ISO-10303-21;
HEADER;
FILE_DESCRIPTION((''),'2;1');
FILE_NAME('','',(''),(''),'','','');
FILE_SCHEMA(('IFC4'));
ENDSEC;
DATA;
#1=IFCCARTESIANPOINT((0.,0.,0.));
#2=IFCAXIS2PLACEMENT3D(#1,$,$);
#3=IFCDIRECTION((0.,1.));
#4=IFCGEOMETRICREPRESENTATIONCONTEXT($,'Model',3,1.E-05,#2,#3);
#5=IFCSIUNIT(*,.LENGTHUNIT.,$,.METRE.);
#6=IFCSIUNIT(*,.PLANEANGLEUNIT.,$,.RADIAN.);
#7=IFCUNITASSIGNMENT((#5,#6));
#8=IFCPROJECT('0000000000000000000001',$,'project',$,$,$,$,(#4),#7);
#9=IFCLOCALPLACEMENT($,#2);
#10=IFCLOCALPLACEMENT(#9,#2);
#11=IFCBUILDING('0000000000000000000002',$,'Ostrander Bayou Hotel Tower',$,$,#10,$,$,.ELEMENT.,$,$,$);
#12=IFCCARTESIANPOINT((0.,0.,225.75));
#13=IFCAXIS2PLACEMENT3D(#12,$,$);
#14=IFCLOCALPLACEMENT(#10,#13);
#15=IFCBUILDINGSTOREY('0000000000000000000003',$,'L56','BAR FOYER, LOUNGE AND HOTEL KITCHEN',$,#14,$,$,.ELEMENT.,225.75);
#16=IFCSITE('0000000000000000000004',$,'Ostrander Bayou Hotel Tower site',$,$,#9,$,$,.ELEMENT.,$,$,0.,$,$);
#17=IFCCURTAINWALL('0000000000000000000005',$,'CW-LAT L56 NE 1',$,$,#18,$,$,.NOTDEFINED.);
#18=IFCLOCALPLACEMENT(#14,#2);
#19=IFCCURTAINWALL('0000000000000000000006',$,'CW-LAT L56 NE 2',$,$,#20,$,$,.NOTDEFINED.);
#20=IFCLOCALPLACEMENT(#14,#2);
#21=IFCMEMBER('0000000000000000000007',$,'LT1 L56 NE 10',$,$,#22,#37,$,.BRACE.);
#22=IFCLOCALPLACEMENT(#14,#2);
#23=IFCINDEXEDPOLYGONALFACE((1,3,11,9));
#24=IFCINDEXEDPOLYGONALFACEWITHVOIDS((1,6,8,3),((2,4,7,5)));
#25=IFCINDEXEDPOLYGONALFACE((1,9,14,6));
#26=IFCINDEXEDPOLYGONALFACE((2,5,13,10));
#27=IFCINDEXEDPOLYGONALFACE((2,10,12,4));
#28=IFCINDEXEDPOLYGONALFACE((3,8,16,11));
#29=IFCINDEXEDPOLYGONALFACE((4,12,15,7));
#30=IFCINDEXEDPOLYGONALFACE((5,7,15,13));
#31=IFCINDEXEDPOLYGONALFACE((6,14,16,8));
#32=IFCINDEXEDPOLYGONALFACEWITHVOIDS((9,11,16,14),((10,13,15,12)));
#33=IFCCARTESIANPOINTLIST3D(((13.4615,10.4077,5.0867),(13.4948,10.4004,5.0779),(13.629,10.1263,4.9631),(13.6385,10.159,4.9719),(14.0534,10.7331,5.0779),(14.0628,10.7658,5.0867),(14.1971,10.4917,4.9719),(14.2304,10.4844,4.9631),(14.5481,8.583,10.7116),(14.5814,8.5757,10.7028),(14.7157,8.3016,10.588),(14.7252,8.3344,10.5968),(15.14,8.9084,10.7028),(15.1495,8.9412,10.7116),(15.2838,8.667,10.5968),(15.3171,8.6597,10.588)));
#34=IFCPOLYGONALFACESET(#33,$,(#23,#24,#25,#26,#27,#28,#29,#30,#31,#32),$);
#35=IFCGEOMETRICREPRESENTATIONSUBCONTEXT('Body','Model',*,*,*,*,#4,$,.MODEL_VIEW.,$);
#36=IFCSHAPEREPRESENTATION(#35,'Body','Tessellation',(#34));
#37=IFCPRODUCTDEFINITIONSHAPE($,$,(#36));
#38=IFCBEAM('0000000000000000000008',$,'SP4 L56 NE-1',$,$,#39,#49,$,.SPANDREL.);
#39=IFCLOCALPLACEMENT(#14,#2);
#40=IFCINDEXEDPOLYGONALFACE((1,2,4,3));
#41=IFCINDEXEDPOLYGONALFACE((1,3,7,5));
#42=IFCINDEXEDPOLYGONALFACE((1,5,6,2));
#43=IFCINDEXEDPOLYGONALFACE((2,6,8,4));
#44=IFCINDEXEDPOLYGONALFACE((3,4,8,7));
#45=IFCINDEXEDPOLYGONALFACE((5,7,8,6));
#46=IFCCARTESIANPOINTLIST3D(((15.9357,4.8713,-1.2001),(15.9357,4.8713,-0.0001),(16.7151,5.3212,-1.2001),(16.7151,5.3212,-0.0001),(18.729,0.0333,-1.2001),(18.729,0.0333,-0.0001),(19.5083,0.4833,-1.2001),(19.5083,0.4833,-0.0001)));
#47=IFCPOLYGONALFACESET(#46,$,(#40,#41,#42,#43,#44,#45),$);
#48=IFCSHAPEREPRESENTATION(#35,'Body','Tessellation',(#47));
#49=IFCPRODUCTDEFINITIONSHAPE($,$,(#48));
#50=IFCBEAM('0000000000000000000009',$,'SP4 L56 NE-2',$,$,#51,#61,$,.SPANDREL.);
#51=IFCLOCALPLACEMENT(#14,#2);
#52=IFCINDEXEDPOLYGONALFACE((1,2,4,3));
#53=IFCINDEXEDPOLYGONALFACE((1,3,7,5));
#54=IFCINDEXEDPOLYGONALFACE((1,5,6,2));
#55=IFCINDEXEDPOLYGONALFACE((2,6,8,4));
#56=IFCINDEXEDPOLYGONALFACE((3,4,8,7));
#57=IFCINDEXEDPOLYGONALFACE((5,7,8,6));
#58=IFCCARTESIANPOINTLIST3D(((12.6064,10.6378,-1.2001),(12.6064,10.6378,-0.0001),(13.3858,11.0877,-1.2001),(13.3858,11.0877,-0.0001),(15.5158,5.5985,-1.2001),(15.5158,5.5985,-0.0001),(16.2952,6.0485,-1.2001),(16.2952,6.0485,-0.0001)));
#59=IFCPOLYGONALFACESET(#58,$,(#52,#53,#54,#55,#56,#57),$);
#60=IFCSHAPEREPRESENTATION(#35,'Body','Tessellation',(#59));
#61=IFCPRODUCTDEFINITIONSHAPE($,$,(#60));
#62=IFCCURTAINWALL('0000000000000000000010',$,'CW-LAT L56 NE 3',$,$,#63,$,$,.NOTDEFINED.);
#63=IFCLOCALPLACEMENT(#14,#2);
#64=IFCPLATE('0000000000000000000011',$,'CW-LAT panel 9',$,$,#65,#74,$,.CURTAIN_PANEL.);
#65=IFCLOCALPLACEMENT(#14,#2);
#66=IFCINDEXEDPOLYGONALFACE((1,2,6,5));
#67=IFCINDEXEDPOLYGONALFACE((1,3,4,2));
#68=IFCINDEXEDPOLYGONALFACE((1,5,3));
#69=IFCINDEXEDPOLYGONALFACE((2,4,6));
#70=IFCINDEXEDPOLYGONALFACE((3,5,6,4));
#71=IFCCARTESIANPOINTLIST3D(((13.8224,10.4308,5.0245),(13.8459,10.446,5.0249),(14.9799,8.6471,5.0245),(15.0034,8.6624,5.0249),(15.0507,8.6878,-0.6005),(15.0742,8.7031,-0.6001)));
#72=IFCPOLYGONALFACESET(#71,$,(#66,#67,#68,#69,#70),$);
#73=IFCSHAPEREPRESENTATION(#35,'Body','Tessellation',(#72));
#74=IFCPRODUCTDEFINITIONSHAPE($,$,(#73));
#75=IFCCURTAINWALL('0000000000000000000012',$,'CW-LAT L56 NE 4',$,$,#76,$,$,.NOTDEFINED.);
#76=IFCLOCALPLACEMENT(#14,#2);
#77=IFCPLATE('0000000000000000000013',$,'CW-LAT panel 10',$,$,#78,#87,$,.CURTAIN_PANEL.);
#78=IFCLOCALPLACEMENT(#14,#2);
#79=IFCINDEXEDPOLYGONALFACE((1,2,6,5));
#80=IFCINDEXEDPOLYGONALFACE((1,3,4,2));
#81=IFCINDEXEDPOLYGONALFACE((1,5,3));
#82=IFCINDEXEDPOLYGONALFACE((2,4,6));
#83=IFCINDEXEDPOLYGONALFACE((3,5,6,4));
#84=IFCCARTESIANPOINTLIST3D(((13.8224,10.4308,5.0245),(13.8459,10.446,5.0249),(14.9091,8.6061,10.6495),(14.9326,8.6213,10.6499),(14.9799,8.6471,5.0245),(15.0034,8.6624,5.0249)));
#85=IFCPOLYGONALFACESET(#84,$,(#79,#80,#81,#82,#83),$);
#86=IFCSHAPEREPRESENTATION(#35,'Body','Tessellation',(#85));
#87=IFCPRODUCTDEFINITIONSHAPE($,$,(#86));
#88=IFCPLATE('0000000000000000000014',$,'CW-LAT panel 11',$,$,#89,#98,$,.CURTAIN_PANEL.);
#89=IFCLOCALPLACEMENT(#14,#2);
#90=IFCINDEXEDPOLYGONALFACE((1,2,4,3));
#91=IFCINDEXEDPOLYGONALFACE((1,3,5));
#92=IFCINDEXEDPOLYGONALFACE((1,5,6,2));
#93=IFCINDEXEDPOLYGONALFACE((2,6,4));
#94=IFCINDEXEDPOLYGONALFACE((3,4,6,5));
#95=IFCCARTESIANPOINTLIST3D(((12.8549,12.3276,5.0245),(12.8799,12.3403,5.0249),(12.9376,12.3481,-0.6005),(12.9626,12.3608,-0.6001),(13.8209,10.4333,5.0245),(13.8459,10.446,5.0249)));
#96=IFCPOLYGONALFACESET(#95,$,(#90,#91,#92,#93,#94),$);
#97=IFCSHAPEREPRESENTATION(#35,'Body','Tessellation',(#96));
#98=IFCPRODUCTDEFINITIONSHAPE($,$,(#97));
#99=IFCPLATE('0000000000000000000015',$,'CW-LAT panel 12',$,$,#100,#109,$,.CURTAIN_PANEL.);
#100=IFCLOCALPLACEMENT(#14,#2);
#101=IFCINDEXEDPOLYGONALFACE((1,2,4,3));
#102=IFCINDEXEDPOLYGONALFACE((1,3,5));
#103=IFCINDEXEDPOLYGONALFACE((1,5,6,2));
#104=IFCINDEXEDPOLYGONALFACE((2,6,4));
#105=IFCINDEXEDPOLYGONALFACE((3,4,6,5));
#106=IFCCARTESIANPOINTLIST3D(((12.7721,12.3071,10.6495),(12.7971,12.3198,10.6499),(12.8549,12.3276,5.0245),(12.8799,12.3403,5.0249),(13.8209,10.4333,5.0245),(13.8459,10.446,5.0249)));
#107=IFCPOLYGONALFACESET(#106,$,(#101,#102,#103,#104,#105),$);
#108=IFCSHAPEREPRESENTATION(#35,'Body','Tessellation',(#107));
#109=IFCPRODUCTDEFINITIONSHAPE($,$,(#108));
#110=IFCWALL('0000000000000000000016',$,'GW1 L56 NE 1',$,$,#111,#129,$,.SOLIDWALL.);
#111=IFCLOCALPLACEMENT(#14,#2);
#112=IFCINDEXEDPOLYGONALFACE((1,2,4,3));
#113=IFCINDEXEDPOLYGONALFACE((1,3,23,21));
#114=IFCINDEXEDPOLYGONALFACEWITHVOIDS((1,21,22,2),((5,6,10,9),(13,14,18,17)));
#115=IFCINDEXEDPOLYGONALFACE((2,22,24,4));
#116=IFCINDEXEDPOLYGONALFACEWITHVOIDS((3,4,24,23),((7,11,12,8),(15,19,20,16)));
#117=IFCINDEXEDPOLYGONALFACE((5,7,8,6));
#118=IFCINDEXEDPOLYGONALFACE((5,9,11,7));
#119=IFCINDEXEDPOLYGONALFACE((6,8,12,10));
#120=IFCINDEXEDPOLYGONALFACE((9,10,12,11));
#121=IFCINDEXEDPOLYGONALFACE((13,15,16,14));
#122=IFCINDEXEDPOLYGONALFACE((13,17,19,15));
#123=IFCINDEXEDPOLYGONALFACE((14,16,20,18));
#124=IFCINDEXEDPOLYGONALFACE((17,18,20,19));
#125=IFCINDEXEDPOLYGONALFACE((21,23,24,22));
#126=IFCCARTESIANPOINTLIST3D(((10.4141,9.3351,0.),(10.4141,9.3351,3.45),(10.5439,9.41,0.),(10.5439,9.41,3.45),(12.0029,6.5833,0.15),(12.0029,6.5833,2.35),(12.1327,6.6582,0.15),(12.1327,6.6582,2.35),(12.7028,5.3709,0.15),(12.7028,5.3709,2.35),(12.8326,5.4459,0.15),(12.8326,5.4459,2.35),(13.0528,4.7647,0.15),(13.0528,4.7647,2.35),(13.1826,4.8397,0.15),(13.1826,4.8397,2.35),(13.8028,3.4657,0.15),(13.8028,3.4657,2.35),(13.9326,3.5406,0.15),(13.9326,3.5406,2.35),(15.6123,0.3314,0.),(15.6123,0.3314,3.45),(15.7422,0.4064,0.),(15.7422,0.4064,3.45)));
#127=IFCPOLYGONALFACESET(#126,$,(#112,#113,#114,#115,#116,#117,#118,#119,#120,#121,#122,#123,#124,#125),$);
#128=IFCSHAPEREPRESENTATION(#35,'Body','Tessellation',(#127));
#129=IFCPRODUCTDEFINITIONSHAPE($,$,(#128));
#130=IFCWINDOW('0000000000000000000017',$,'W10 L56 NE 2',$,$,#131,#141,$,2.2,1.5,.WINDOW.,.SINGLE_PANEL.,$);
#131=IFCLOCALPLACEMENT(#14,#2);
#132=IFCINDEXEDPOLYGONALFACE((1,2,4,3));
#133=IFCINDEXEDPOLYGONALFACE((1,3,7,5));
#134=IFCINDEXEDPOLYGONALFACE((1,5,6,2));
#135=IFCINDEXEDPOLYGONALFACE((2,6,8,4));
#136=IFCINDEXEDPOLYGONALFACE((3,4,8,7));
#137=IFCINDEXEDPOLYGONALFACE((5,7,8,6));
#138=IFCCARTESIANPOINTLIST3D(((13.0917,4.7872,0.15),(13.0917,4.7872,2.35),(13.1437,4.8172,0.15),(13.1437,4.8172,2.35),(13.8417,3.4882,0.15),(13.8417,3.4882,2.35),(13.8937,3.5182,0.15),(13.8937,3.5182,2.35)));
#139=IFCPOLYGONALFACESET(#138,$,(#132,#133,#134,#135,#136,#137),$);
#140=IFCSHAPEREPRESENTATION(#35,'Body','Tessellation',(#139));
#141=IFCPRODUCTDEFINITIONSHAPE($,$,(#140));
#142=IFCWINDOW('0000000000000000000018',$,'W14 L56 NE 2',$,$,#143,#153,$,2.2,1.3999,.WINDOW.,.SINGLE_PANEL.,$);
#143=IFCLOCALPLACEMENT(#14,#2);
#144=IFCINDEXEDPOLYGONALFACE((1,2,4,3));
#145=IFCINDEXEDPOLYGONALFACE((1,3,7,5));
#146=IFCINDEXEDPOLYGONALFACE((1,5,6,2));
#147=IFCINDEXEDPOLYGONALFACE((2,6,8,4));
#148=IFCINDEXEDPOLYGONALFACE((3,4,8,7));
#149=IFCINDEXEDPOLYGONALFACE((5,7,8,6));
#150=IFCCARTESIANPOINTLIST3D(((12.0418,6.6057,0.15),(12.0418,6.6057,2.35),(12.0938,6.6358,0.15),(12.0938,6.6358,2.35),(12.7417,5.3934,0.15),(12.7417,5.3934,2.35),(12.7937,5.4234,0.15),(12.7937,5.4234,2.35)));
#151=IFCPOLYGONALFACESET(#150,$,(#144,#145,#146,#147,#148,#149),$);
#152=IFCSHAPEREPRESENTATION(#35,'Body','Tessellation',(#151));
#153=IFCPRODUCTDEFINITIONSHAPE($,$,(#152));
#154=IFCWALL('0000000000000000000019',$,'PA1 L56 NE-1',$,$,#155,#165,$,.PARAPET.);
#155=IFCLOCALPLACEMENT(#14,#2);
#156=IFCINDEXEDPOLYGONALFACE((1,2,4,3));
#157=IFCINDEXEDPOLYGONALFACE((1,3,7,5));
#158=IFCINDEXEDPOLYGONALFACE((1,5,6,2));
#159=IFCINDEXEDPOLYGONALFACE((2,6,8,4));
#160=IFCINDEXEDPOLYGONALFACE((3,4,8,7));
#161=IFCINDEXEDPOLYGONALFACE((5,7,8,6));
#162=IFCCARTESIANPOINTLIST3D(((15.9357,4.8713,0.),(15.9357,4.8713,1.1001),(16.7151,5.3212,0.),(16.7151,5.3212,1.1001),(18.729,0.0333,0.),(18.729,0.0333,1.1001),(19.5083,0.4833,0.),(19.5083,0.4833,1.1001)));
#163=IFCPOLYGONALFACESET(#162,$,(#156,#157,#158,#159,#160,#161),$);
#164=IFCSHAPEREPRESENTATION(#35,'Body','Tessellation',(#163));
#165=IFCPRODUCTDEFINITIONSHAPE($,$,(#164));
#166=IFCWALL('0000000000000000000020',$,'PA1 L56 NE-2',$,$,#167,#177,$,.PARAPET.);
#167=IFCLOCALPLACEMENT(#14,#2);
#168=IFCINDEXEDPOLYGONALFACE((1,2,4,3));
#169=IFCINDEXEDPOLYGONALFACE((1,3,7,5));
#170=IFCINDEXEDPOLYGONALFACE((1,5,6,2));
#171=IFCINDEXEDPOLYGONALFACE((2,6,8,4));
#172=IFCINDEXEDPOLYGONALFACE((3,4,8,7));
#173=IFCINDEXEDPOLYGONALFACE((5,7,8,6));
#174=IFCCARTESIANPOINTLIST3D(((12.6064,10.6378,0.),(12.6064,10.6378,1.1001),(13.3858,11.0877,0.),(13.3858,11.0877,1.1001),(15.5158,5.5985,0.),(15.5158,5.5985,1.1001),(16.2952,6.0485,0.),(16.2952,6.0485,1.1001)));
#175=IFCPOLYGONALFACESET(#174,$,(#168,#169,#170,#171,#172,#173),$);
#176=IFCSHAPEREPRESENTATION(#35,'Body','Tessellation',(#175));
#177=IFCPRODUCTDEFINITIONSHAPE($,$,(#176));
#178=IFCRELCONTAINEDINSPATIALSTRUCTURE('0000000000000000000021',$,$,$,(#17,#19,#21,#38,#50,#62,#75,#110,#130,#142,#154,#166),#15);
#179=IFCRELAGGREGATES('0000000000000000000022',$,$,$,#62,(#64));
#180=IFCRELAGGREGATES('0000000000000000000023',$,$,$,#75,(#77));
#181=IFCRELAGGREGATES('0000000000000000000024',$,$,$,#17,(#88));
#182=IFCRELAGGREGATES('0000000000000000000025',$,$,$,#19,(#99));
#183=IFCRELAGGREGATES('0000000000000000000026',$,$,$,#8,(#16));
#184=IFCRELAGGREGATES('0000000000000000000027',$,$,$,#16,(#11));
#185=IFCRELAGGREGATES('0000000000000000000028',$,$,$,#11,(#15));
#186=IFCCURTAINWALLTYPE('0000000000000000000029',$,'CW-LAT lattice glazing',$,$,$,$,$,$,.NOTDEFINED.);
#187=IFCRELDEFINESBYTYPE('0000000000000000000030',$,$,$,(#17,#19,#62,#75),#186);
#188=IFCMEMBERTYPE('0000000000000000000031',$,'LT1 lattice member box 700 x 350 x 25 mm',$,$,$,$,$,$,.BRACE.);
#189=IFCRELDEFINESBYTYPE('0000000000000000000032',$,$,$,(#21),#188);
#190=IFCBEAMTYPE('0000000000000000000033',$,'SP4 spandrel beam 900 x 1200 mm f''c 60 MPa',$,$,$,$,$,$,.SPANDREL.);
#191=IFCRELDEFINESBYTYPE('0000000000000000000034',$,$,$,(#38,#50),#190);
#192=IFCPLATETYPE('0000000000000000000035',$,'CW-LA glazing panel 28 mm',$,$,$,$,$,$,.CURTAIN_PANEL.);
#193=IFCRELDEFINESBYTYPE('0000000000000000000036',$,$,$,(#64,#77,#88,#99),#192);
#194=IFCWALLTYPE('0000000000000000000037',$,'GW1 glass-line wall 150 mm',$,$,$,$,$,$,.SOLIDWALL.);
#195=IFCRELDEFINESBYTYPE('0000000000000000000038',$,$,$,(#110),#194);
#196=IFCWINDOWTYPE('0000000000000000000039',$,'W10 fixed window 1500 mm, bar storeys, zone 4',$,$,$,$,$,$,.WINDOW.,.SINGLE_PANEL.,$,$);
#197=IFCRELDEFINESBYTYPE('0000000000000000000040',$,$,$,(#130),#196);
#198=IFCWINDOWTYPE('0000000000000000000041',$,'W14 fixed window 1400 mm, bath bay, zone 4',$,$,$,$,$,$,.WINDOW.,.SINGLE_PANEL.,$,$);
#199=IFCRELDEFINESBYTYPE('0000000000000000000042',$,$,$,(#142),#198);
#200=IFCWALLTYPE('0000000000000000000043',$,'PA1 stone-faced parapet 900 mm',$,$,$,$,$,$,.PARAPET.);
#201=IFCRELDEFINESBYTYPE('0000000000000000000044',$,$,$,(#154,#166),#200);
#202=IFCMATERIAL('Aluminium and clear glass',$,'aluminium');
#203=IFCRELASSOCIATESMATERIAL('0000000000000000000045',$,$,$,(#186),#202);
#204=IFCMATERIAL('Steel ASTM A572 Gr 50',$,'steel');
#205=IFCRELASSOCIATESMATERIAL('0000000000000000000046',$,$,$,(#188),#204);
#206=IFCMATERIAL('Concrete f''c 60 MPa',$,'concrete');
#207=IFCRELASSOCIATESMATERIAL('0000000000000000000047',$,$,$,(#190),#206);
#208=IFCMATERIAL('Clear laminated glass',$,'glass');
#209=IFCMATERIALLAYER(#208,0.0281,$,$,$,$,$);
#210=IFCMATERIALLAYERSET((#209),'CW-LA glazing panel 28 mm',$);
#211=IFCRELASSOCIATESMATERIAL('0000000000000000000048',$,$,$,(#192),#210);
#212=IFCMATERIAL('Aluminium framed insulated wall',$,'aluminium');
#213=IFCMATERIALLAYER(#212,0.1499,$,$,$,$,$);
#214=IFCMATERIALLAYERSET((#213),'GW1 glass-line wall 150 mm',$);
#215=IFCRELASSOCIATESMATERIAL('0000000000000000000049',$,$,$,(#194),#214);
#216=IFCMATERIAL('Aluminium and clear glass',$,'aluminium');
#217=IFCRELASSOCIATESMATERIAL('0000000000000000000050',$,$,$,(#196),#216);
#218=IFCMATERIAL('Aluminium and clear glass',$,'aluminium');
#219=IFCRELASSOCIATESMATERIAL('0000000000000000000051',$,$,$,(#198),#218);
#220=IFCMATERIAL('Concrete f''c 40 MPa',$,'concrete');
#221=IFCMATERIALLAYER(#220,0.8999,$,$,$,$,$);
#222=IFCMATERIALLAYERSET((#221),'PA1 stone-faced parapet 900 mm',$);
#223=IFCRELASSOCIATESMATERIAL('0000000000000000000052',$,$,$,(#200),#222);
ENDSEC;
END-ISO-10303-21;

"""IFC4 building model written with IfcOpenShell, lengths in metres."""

from ifc_helpers import new_model, si_unit, direction, frame, frame_2d, origin, origin_2d, place, context, subcontext, project, spatial, polyline, rectangle, hollow_rectangle, outline, extrude, material, layer, layer_set, material_profile, profile_set, type_object, element, fill, aggregate, save


model = new_model("IFC4")

# Units and contexts
model_context = context("Model", 3, precision=1e-05, world=origin(), true_north=direction((0.0, 1.0)))
body_context = subcontext(model_context, "Body", "Model", "MODEL_VIEW")
ifc_project = project(units=[si_unit("LENGTHUNIT", "METRE"), si_unit("PLANEANGLEUNIT", "RADIAN")], contexts=[model_context])

# Site, building, storey
site_placement = place(None, origin())
site = spatial("IfcSite", under=ifc_project, at=site_placement, Name="Ostrander Bayou Hotel Tower site", CompositionType="ELEMENT", RefElevation=0.0)
building_placement = place(site_placement, origin())
building = spatial("IfcBuilding", under=site, at=building_placement, Name="Ostrander Bayou Hotel Tower", CompositionType="ELEMENT")
storey_placement = place(building_placement, frame((0.0, 0.0, 225.75)))
storey = spatial("IfcBuildingStorey", under=building, at=storey_placement, Name="L56", Description="BAR FOYER, LOUNGE AND HOTEL KITCHEN", CompositionType="ELEMENT", Elevation=225.75)

# Curtain walls
ifc_material_1 = material(Name="Aluminium and clear glass", Category="aluminium")
curtain_wall_type = type_object("IfcCurtainWallType", Name="CW-LAT lattice glazing", PredefinedType="NOTDEFINED", material=ifc_material_1)
curtain_wall_1_placement = place(storey_placement, origin())
curtain_wall_1 = element("IfcCurtainWall", 1, at=curtain_wall_1_placement, inside=storey, type_object=curtain_wall_type, Name="CW-LAT L56 NE 1", PredefinedType="NOTDEFINED")
curtain_wall_2_placement = place(storey_placement, origin())
curtain_wall_2 = element("IfcCurtainWall", 2, at=curtain_wall_2_placement, inside=storey, type_object=curtain_wall_type, Name="CW-LAT L56 NE 2", PredefinedType="NOTDEFINED")

# Member
ifc_material_2 = material(Name="Steel ASTM A572 Gr 50", Category="steel")
ifc_material_profile_1 = material_profile(ifc_material_2, hollow_rectangle(XDim=0.7, YDim=0.3501, WallThickness=0.0249, at=origin_2d()))
ifc_profile_set_1 = profile_set([ifc_material_profile_1], Name="Steel ASTM A572 Gr 50")
member_type_1 = type_object("IfcMemberType", Name="LT1 lattice member box 700 x 350 x 25 mm", PredefinedType="BRACE", material=ifc_profile_set_1)
member_1_placement = place(storey_placement, frame((13.8459, 10.446, 5.0249), z_axis=(0.180733, -0.303482, 0.93554), x_axis=(0.859182, 0.51167, 0.0)))
element("IfcMember", 3, at=member_1_placement, inside=storey, type_object=member_type_1, Name="LT1 L56 NE 10", PredefinedType="BRACE", context=body_context, shape_type="SweptSolid", body=[
    extrude(hollow_rectangle(XDim=0.7, YDim=0.3501, WallThickness=0.0249, at=origin_2d()), origin(), (0.0, 0.0, 1.0), 6.0125),
])

# Beams
ifc_material_3 = material(Name="Concrete f'c 60 MPa", Category="concrete")
ifc_material_profile_2 = material_profile(ifc_material_3, rectangle(XDim=0.8999, YDim=1.2, at=origin_2d()))
ifc_profile_set_2 = profile_set([ifc_material_profile_2], Name="Concrete f'c 60 MPa")
beam_type_1 = type_object("IfcBeamType", Name="SP4 spandrel beam 900 x 1200 mm f'c 60 MPa", PredefinedType="SPANDREL", material=ifc_profile_set_2)
beam_1_placement = place(storey_placement, frame((19.1187, 0.2583, -0.6001), z_axis=(-0.500007, 0.866021, 0.0), x_axis=(-0.866021, -0.500007, 0.0)))
element("IfcBeam", 4, at=beam_1_placement, inside=storey, type_object=beam_type_1, Name="SP4 L56 NE-1", PredefinedType="SPANDREL", context=body_context, shape_type="SweptSolid", body=[
    extrude(rectangle(XDim=0.8999, YDim=1.2, at=origin_2d()), origin(), (0.0, 0.0, 1.0), 5.5864),
])
beam_2_placement = place(storey_placement, frame((15.9055, 5.8235, -0.6001), z_axis=(-0.499997, 0.866027, 0.0), x_axis=(-0.866027, -0.499997, 0.0)))
element("IfcBeam", 5, at=beam_2_placement, inside=storey, type_object=beam_type_1, Name="SP4 L56 NE-2", PredefinedType="SPANDREL", context=body_context, shape_type="SweptSolid", body=[
    extrude(rectangle(XDim=0.8999, YDim=1.2, at=origin_2d()), origin(), (0.0, 0.0, 1.0), 5.8188),
])

# Curtain walls, plates
curtain_wall_3_placement = place(storey_placement, origin())
curtain_wall_3 = element("IfcCurtainWall", 6, at=curtain_wall_3_placement, inside=storey, type_object=curtain_wall_type, Name="CW-LAT L56 NE 3", PredefinedType="NOTDEFINED")
ifc_material_4 = material(Name="Clear laminated glass", Category="glass")
ifc_layer_1 = layer(ifc_material_4, 0.0281)
ifc_layer_set_1 = layer_set([ifc_layer_1], Name="CW-LA glazing panel 28 mm")
plate_type = type_object("IfcPlateType", Name="CW-LA glazing panel 28 mm", PredefinedType="CURTAIN_PANEL", material=ifc_layer_set_1)
plate_1_placement = place(storey_placement, frame((13.8459, 10.446, 5.0249), z_axis=(0.83877, 0.544293, 0.014503), x_axis=(0.204182, -0.289735, -0.935074)))
plate_1 = element("IfcPlate", 7, at=plate_1_placement, type_object=plate_type, Name="CW-LAT panel 9", PredefinedType="CURTAIN_PANEL", context=body_context, shape_type="SweptSolid", body=[
    extrude(outline(polyline([(0.0, 0.0), (6.0156, 0.0), (0.7531, -1.9885), (0.0, 0.0)])), origin(), (0.0, 0.0, -1.0), 0.0281),
])
aggregate(curtain_wall_3, [plate_1])
curtain_wall_4_placement = place(storey_placement, origin())
curtain_wall_4 = element("IfcCurtainWall", 8, at=curtain_wall_4_placement, inside=storey, type_object=curtain_wall_type, Name="CW-LAT L56 NE 4", PredefinedType="NOTDEFINED")
plate_2_placement = place(storey_placement, frame((13.8459, 10.446, 5.0249), z_axis=(0.838769, 0.544293, 0.014526), x_axis=(0.180733, -0.303482, 0.93554)))
plate_2 = element("IfcPlate", 9, at=plate_2_placement, type_object=plate_type, Name="CW-LAT panel 10", PredefinedType="CURTAIN_PANEL", context=body_context, shape_type="SweptSolid", body=[
    extrude(outline(polyline([(0.0, 0.0), (6.0126, 0.0), (0.7505, 1.9895), (0.0, 0.0)])), origin(), (0.0, 0.0, -1.0), 0.0281),
])
aggregate(curtain_wall_4, [plate_2])

# Plates
plate_3_placement = place(storey_placement, frame((13.8459, 10.446, 5.0249), z_axis=(0.890743, 0.454268, 0.014762), x_axis=(-0.147039, 0.318746, -0.936366)))
plate_3 = element("IfcPlate", 10, at=plate_3_placement, type_object=plate_type, Name="CW-LAT panel 11", PredefinedType="CURTAIN_PANEL", context=body_context, shape_type="SweptSolid", body=[
    extrude(outline(polyline([(0.0, 0.0), (6.0073, 0.0), (0.7458, 1.9913), (0.0, 0.0)])), origin(), (0.0, 0.0, -1.0), 0.0281),
])
aggregate(curtain_wall_1, [plate_3])
plate_4_placement = place(storey_placement, frame((13.8459, 10.446, 5.0249), z_axis=(0.890743, 0.454268, 0.014762), x_axis=(-0.174197, 0.31121, 0.93424)))
plate_4 = element("IfcPlate", 11, at=plate_4_placement, type_object=plate_type, Name="CW-LAT panel 12", PredefinedType="CURTAIN_PANEL", context=body_context, shape_type="SweptSolid", body=[
    extrude(outline(polyline([(0.0, 0.0), (6.0209, 0.0), (0.7578, -1.9868), (0.0, 0.0)])), origin(), (0.0, 0.0, -1.0), 0.0281),
])
aggregate(curtain_wall_2, [plate_4])

# Wall, openings, windows
ifc_material_5 = material(Name="Aluminium framed insulated wall", Category="aluminium")
ifc_layer_2 = layer(ifc_material_5, 0.1499)
ifc_layer_set_2 = layer_set([ifc_layer_2], Name="GW1 glass-line wall 150 mm")
wall_type_1 = type_object("IfcWallType", Name="GW1 glass-line wall 150 mm", PredefinedType="SOLIDWALL", material=ifc_layer_set_2)
wall_1_placement = place(storey_placement, frame((15.6772, 0.3689, 0.0), z_axis=(0.0, 0.0, 1.0), x_axis=(-0.499998, 0.866026, 0.0)))
wall_1 = element("IfcWall", 12, at=wall_1_placement, inside=storey, type_object=wall_type_1, Name="GW1 L56 NE 1", PredefinedType="SOLIDWALL", context=body_context, shape_type="SweptSolid", body=[
    extrude(rectangle(XDim=10.3965, YDim=0.1499, at=frame_2d((5.1982, 0.0))), origin(), (0.0, 0.0, 1.0), 3.45),
])
opening_1_placement = place(wall_1_placement, frame((3.6191, 0.0, 0.1499)))
opening_1 = element("IfcOpeningElement", 13, at=opening_1_placement, cuts=wall_1, PredefinedType="OPENING", context=body_context, shape_type="SweptSolid", body=[
    extrude(rectangle(XDim=1.5, YDim=2.2, at=frame_2d((0.75, 1.1001))), frame((0.0, 0.075, 0.0), z_axis=(0.0, -1.0, 0.0), x_axis=(1.0, 0.0, 0.0)), (0.0, 0.0, 1.0), 0.1499),
])
opening_2_placement = place(wall_1_placement, frame((5.8191, 0.0, 0.1499)))
opening_2 = element("IfcOpeningElement", 14, at=opening_2_placement, cuts=wall_1, PredefinedType="OPENING", context=body_context, shape_type="SweptSolid", body=[
    extrude(rectangle(XDim=1.3999, YDim=2.2, at=frame_2d((0.7, 1.1001))), frame((0.0, 0.075, 0.0), z_axis=(0.0, -1.0, 0.0), x_axis=(1.0, 0.0, 0.0)), (0.0, 0.0, 1.0), 0.1499),
])
ifc_material_6 = material(Name="Aluminium and clear glass", Category="aluminium")
window_type_1 = type_object("IfcWindowType", Name="W10 fixed window 1500 mm, bar storeys, zone 4", PartitioningType="SINGLE_PANEL", PredefinedType="WINDOW", material=ifc_material_6)
window_1_placement = place(opening_1_placement, origin())
window_1 = element("IfcWindow", 15, at=window_1_placement, inside=storey, type_object=window_type_1, Name="W10 L56 NE 2", OverallHeight=2.2, OverallWidth=1.5, PartitioningType="SINGLE_PANEL", PredefinedType="WINDOW", context=body_context, shape_type="SweptSolid", body=[
    extrude(rectangle(XDim=1.5, YDim=2.2, at=frame_2d((0.75, 1.1001))), frame((0.0, 0.03, 0.0), z_axis=(0.0, -1.0, 0.0), x_axis=(1.0, 0.0, 0.0)), (0.0, 0.0, 1.0), 0.0601),
])
fill(opening_1, window_1)
ifc_material_7 = material(Name="Aluminium and clear glass", Category="aluminium")
window_type_2 = type_object("IfcWindowType", Name="W14 fixed window 1400 mm, bath bay, zone 4", PartitioningType="SINGLE_PANEL", PredefinedType="WINDOW", material=ifc_material_7)
window_2_placement = place(opening_2_placement, origin())
window_2 = element("IfcWindow", 16, at=window_2_placement, inside=storey, type_object=window_type_2, Name="W14 L56 NE 2", OverallHeight=2.2, OverallWidth=1.3999, PartitioningType="SINGLE_PANEL", PredefinedType="WINDOW", context=body_context, shape_type="SweptSolid", body=[
    extrude(rectangle(XDim=1.3999, YDim=2.2, at=frame_2d((0.7, 1.1001))), frame((0.0, 0.03, 0.0), z_axis=(0.0, -1.0, 0.0), x_axis=(1.0, 0.0, 0.0)), (0.0, 0.0, 1.0), 0.0601),
])
fill(opening_2, window_2)

# Walls
ifc_material_8 = material(Name="Concrete f'c 40 MPa", Category="concrete")
ifc_layer_3 = layer(ifc_material_8, 0.8999)
ifc_layer_set_3 = layer_set([ifc_layer_3], Name="PA1 stone-faced parapet 900 mm")
wall_type_2 = type_object("IfcWallType", Name="PA1 stone-faced parapet 900 mm", PredefinedType="PARAPET", material=ifc_layer_set_3)
wall_2_placement = place(storey_placement, frame((19.1187, 0.2583, 0.0), z_axis=(0.0, 0.0, 1.0), x_axis=(-0.500007, 0.866021, 0.0)))
element("IfcWall", 17, at=wall_2_placement, inside=storey, type_object=wall_type_2, Name="PA1 L56 NE-1", PredefinedType="PARAPET", context=body_context, shape_type="SweptSolid", body=[
    extrude(rectangle(XDim=5.5864, YDim=0.8999, at=frame_2d((2.7932, 0.0))), origin(), (0.0, 0.0, 1.0), 1.1001),
])
wall_3_placement = place(storey_placement, frame((15.9055, 5.8235, 0.0), z_axis=(0.0, 0.0, 1.0), x_axis=(-0.499997, 0.866027, 0.0)))
element("IfcWall", 18, at=wall_3_placement, inside=storey, type_object=wall_type_2, Name="PA1 L56 NE-2", PredefinedType="PARAPET", context=body_context, shape_type="SweptSolid", body=[
    extrude(rectangle(XDim=5.8188, YDim=0.8999, at=frame_2d((2.9094, 0.0))), origin(), (0.0, 0.0, 1.0), 1.1001),
])

save(model, "model.ifc")
